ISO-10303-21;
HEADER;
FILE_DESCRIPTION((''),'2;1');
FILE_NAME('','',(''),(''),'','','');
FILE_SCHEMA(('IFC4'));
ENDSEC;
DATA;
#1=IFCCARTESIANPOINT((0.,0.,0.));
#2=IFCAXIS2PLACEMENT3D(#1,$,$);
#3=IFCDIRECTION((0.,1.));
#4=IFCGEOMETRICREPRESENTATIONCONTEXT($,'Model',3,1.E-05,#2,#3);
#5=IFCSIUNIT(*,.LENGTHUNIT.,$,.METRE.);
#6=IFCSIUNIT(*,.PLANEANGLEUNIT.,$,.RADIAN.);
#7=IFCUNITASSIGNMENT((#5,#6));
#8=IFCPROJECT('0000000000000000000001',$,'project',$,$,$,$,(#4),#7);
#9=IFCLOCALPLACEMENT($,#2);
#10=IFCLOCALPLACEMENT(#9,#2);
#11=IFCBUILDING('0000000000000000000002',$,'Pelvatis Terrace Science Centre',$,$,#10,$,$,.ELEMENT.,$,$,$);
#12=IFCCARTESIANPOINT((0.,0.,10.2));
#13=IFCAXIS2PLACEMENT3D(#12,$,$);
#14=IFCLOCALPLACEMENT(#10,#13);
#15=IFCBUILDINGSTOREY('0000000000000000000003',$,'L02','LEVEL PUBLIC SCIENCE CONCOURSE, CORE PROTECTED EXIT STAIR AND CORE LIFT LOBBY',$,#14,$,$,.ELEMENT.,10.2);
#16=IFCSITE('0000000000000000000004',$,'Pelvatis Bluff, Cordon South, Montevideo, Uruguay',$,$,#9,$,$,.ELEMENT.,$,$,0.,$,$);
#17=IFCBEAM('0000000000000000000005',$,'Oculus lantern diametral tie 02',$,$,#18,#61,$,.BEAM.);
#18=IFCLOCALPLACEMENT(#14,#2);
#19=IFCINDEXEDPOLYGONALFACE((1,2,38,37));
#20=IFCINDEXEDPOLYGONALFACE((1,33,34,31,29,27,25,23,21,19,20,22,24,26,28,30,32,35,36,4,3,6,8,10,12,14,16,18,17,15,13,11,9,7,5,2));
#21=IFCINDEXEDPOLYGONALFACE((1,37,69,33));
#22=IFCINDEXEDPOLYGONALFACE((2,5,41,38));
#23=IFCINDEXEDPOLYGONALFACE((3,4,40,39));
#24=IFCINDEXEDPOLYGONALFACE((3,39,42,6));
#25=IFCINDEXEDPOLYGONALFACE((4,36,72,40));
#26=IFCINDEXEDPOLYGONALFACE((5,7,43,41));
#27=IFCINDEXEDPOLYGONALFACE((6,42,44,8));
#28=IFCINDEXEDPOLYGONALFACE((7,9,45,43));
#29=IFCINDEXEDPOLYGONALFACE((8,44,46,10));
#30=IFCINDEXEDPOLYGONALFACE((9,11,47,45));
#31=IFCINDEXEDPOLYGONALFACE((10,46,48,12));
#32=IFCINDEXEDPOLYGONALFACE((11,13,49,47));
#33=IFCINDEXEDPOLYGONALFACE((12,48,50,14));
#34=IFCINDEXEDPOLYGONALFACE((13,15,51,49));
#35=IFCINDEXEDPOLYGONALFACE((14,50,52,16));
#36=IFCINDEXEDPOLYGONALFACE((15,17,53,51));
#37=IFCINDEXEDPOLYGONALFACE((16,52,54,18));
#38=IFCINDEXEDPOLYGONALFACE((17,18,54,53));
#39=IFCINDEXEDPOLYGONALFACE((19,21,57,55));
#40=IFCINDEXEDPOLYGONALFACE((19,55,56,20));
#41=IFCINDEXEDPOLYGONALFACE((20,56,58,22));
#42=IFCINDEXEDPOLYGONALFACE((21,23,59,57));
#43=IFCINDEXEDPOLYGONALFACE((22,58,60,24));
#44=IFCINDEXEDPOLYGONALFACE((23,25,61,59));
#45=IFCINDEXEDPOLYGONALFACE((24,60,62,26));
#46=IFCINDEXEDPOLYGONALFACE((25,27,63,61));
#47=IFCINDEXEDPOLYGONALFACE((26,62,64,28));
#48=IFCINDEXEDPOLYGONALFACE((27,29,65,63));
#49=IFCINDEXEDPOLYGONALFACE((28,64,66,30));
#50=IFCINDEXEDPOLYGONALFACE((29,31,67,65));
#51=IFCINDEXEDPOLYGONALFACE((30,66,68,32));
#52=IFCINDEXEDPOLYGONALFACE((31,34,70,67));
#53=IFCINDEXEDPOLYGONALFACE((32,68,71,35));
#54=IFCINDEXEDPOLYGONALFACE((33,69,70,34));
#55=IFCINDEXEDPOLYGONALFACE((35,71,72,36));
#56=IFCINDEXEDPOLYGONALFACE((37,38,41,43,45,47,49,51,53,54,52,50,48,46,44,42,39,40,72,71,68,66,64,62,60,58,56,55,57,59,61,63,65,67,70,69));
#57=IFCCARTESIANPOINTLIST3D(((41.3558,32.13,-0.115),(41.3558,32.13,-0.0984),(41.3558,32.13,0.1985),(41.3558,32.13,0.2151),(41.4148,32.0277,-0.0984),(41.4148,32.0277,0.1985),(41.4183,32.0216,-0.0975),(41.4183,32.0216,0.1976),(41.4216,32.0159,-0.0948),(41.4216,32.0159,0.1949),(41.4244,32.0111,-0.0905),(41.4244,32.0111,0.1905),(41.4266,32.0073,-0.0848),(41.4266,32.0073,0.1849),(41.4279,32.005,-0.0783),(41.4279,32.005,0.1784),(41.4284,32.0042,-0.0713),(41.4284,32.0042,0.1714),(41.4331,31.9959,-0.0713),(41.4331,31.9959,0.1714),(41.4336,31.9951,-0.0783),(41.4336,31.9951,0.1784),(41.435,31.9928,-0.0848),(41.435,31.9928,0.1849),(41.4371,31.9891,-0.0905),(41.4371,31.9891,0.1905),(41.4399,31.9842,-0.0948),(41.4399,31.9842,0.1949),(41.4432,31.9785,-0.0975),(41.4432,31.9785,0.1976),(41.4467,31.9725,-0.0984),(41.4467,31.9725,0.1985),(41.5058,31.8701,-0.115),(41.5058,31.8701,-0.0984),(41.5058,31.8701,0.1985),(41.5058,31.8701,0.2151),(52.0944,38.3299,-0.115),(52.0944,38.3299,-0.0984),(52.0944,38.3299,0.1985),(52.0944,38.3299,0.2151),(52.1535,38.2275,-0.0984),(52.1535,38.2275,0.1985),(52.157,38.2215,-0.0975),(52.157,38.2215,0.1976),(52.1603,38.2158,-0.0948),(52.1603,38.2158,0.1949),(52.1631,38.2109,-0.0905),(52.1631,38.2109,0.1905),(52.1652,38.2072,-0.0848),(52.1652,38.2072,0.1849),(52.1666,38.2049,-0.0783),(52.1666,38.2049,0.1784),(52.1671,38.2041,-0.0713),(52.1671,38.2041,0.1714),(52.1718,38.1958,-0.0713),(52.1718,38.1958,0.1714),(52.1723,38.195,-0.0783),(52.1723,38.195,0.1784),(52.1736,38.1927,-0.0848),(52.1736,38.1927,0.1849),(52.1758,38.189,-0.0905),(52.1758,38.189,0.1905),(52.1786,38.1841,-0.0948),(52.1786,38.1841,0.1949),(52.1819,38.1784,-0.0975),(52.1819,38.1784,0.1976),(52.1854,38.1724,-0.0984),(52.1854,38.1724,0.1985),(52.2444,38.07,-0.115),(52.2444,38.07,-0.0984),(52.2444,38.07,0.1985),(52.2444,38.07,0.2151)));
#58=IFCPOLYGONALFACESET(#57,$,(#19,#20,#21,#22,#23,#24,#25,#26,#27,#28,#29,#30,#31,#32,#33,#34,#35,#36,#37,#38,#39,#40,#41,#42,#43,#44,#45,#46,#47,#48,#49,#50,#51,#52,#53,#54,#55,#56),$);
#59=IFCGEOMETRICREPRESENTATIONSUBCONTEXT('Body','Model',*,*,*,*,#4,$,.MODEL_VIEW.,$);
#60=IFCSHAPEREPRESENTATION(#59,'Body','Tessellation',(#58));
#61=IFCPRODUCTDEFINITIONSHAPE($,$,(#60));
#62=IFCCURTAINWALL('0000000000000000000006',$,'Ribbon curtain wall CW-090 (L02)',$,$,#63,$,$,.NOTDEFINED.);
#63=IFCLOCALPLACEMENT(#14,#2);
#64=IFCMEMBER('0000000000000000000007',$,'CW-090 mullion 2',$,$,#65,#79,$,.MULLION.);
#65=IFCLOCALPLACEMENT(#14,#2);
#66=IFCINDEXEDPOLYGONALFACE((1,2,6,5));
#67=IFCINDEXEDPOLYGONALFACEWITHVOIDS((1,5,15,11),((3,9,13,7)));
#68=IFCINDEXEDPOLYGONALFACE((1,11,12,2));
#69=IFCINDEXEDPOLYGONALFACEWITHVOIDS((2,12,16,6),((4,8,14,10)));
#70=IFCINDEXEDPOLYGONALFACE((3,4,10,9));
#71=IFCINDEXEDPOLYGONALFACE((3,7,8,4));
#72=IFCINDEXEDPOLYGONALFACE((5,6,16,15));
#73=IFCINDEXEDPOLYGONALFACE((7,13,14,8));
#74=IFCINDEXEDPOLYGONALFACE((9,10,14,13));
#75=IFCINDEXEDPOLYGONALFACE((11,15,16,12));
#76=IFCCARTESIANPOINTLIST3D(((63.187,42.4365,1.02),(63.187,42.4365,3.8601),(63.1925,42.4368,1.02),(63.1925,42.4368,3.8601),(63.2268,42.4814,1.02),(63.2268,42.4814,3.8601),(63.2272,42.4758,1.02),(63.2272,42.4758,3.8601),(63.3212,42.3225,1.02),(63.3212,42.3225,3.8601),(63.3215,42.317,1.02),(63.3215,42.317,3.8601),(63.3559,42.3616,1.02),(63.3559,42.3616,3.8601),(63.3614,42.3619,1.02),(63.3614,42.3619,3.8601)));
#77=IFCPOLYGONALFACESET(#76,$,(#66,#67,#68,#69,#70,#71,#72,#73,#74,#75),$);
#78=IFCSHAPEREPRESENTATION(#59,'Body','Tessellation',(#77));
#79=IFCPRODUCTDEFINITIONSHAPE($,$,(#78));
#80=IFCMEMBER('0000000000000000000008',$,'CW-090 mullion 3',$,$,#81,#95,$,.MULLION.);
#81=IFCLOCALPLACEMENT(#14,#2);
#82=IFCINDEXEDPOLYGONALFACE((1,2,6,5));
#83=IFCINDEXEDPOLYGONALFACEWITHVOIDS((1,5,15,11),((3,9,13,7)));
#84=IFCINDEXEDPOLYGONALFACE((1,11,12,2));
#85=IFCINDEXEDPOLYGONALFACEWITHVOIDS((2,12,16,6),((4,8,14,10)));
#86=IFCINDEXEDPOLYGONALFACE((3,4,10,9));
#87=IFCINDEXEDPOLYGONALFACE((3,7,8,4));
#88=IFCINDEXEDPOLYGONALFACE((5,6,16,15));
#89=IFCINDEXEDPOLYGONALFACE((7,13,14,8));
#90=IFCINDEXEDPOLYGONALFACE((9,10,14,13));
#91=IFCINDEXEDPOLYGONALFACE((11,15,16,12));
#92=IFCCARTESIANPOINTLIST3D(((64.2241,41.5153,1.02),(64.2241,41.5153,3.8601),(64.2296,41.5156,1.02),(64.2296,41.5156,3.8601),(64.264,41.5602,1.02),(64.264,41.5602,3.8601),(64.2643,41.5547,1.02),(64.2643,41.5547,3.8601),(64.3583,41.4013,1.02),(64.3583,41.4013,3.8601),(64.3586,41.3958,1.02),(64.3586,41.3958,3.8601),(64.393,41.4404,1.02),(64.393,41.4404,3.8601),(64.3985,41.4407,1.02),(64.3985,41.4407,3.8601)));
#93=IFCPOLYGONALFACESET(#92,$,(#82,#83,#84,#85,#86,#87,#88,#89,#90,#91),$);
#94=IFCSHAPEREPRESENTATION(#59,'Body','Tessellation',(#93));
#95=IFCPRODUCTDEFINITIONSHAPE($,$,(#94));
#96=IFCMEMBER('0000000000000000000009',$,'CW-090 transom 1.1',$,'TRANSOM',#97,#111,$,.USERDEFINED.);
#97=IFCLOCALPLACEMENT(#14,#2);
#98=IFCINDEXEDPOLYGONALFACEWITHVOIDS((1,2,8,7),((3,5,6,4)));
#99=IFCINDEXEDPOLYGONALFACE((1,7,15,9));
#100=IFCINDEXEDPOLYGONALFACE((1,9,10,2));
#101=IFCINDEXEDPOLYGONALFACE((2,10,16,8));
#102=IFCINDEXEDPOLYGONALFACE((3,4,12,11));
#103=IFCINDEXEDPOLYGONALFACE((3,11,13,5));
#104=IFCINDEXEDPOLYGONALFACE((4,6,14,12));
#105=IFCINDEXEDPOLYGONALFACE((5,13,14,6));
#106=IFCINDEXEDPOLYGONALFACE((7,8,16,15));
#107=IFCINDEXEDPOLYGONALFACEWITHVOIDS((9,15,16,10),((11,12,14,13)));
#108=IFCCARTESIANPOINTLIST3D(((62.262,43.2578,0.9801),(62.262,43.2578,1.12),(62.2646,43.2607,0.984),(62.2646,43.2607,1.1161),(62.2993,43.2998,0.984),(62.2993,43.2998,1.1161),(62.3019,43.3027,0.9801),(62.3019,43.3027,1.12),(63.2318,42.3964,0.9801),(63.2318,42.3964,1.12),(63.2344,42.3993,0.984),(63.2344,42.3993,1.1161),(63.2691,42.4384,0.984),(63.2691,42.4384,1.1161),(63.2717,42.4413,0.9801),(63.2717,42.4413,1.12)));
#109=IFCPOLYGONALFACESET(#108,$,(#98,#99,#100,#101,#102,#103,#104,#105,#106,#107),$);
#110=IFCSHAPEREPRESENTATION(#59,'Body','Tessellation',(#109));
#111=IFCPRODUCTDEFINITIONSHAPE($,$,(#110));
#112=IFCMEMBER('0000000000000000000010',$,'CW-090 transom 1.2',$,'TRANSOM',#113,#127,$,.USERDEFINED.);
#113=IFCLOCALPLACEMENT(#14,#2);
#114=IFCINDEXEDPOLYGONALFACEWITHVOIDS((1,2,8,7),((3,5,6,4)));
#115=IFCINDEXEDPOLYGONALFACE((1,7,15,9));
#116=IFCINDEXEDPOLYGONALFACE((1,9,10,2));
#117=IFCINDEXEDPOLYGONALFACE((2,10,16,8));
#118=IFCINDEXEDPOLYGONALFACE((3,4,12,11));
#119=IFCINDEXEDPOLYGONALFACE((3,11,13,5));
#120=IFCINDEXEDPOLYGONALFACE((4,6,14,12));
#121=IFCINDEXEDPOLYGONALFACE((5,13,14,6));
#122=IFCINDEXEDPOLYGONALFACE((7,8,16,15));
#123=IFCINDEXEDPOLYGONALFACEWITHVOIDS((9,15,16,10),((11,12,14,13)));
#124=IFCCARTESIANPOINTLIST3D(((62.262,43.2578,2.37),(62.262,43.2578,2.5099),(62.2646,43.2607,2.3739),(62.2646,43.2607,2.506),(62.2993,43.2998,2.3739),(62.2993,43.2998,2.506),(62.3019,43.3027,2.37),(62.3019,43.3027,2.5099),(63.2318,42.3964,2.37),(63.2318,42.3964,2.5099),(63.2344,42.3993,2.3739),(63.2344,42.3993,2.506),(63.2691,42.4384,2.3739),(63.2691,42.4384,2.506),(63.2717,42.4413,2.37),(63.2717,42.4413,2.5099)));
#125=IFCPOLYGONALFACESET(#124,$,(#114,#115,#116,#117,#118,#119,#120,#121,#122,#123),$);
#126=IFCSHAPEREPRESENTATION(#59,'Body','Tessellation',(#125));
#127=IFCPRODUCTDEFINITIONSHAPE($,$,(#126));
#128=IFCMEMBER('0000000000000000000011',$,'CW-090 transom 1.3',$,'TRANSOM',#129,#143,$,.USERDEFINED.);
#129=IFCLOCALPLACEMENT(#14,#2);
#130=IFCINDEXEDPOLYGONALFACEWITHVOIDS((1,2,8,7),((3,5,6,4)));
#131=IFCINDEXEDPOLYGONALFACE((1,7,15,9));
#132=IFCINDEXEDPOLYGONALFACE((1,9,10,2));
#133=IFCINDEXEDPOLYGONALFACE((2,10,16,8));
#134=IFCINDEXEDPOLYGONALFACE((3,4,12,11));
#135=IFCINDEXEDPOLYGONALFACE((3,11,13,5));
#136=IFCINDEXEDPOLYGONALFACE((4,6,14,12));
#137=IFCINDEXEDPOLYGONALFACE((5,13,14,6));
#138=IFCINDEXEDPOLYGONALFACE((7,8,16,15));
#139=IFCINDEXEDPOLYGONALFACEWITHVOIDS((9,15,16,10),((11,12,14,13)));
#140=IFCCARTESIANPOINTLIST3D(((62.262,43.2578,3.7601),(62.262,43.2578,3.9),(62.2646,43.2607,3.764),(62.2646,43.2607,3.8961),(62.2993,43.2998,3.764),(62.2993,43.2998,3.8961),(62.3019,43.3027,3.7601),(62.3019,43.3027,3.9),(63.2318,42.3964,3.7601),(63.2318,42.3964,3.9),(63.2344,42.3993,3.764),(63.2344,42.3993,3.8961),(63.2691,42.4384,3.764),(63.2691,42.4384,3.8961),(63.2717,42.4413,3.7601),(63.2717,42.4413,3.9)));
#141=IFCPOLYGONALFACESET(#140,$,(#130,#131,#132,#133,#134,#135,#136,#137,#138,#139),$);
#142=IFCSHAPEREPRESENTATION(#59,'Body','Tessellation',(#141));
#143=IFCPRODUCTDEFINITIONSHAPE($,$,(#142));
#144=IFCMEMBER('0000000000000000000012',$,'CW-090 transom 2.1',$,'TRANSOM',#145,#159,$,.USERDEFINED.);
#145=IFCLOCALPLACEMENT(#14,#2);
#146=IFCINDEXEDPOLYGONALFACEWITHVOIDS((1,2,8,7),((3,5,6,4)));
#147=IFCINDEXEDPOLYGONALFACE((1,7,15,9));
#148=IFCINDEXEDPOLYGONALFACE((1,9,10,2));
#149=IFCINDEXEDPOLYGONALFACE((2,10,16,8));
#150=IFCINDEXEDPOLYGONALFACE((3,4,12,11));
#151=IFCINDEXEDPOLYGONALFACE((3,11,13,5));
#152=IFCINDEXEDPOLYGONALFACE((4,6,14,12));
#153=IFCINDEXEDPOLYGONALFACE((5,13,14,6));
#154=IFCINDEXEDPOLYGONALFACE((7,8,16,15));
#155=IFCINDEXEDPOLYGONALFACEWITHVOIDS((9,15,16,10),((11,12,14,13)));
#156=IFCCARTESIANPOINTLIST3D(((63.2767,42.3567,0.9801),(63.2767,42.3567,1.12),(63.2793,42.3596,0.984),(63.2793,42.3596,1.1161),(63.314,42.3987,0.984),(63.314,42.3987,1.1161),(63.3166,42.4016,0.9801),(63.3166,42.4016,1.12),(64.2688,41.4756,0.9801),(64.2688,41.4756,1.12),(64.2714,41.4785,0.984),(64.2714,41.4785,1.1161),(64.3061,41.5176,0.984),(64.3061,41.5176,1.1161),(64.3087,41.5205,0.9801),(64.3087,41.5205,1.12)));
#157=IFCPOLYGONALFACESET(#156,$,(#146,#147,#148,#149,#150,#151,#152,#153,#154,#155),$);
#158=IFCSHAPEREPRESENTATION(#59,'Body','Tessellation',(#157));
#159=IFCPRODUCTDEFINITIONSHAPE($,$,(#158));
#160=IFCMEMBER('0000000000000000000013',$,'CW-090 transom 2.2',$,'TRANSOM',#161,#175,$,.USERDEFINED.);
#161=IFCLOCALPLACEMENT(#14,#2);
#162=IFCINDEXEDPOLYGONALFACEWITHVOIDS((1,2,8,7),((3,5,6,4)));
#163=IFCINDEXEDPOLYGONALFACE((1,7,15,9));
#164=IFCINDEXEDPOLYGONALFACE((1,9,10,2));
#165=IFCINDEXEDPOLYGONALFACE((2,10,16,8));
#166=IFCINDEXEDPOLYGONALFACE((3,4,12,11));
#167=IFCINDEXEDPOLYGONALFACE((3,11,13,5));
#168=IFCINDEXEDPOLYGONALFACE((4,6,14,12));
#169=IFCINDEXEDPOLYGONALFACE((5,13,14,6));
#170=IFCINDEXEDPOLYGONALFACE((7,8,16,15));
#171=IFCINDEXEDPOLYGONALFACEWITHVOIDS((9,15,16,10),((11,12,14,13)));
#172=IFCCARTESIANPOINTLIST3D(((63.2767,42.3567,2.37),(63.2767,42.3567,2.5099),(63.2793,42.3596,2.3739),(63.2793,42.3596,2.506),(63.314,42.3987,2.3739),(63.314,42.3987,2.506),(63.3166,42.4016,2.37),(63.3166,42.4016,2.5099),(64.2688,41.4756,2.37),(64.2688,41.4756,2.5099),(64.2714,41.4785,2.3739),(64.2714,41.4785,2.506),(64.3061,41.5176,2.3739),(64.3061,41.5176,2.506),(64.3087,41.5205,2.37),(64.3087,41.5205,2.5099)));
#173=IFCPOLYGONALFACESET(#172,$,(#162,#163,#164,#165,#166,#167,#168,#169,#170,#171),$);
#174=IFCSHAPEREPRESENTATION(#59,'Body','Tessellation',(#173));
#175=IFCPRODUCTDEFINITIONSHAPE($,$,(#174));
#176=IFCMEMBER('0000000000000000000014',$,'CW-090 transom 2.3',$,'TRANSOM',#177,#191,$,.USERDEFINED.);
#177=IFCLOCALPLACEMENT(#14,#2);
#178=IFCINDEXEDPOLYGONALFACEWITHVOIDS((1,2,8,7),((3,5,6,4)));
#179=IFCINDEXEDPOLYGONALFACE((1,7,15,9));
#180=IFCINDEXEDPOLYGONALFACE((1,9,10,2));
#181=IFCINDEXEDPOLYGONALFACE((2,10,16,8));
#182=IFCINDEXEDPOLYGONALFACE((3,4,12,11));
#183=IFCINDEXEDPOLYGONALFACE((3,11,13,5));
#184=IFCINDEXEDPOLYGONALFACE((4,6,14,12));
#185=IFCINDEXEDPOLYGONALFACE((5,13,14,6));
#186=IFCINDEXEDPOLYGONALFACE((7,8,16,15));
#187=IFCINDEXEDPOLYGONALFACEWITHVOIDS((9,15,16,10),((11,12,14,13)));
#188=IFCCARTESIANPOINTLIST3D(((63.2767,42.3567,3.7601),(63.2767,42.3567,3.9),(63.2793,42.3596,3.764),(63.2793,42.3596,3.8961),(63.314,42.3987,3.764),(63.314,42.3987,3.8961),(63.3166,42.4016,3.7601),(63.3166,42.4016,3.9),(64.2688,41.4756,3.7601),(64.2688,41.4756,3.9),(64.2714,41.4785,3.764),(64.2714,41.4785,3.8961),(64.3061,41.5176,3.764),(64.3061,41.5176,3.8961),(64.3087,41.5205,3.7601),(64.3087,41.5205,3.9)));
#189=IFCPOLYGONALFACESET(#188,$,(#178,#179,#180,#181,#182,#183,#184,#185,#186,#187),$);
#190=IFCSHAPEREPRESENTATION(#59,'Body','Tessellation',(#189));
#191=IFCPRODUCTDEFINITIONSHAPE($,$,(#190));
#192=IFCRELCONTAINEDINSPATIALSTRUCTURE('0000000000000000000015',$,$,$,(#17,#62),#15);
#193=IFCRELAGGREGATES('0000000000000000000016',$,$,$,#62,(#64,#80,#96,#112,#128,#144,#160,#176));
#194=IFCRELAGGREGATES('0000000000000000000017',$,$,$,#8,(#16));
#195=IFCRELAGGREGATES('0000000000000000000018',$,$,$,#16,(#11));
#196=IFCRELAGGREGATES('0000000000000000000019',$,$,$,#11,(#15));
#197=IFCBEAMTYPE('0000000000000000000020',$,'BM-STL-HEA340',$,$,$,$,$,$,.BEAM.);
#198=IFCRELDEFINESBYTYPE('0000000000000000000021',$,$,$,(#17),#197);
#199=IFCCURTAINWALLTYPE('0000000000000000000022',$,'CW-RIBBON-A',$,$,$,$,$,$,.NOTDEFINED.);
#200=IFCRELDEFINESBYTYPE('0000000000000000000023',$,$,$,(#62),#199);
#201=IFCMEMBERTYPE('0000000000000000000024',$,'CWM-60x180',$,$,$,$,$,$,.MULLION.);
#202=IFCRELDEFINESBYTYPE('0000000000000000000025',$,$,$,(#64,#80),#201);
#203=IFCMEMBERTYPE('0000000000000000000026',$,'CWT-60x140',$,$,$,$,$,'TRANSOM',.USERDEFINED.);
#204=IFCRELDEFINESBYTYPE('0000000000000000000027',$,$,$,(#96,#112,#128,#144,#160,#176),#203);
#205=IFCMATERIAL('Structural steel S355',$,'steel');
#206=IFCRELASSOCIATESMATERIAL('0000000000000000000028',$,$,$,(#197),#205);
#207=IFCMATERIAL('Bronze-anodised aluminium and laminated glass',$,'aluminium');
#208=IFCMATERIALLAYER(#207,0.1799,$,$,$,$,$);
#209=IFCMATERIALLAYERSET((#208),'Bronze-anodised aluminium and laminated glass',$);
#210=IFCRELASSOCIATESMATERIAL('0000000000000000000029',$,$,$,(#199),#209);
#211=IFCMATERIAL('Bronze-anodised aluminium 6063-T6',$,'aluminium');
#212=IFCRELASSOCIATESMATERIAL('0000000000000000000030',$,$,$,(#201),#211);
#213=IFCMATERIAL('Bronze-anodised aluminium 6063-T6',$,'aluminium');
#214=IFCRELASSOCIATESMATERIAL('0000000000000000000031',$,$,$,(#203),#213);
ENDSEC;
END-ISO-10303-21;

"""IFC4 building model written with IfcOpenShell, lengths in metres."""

from ifc_helpers import new_model, si_unit, direction, frame, origin, origin_2d, place, context, subcontext, project, spatial, hollow_rectangle, i_section, extrude, material, layer, layer_set, material_profile, profile_set, type_object, element, aggregate, save


model = new_model("IFC4")

# Units and contexts
model_context = context("Model", 3, precision=1e-05, world=origin(), true_north=direction((0.0, 1.0)))
body_context = subcontext(model_context, "Body", "Model", "MODEL_VIEW")
ifc_project = project(units=[si_unit("LENGTHUNIT", "METRE"), si_unit("PLANEANGLEUNIT", "RADIAN")], contexts=[model_context])

# Site, building, storey
site_placement = place(None, origin())
site = spatial("IfcSite", under=ifc_project, at=site_placement, Name="Pelvatis Bluff, Cordon South, Montevideo, Uruguay", CompositionType="ELEMENT", RefElevation=0.0)
building_placement = place(site_placement, origin())
building = spatial("IfcBuilding", under=site, at=building_placement, Name="Pelvatis Terrace Science Centre", CompositionType="ELEMENT")
storey_placement = place(building_placement, frame((0.0, 0.0, 10.2)))
storey = spatial("IfcBuildingStorey", under=building, at=storey_placement, Name="L02", Description="LEVEL PUBLIC SCIENCE CONCOURSE, CORE PROTECTED EXIT STAIR AND CORE LIFT LOBBY", CompositionType="ELEMENT", Elevation=10.2)

# Beam
ifc_material_1 = material(Name="Structural steel S355", Category="steel")
ifc_material_profile_1 = material_profile(ifc_material_1, i_section(OverallWidth=0.3, OverallDepth=0.3301, WebThickness=0.0095, FlangeThickness=0.0166, FilletRadius=0.0271, at=origin_2d()), Name="HEA 340")
ifc_profile_set_1 = profile_set([ifc_material_profile_1], Name="Structural steel S355")
beam_type_1 = type_object("IfcBeamType", Name="BM-STL-HEA340", PredefinedType="BEAM", material=ifc_profile_set_1)
for number, where, z_axis, x_axis, name in (
    (1, (52.1694, 38.2, 0.05), (-0.866028, -0.499995, 0.0), (0.499995, -0.866028, 0.0), "Oculus lantern diametral tie 02"),
):
    element("IfcBeam", number, at=place(storey_placement, frame(where, z_axis=z_axis, x_axis=x_axis)), inside=storey, type_object=beam_type_1, Name=name, PredefinedType="BEAM", context=body_context, shape_type="SweptSolid", body=[
        extrude(i_section(OverallWidth=0.3, OverallDepth=0.3301, WebThickness=0.0095, FlangeThickness=0.0166, FilletRadius=0.0271, at=origin_2d()), origin(), (0.0, 0.0, 1.0), 12.3999),
    ])

# Curtain wall, members
ifc_material_2 = material(Name="Bronze-anodised aluminium and laminated glass", Category="aluminium")
ifc_layer_1 = layer(ifc_material_2, 0.1799)
ifc_layer_set_1 = layer_set([ifc_layer_1], Name="Bronze-anodised aluminium and laminated glass")
curtain_wall_type = type_object("IfcCurtainWallType", Name="CW-RIBBON-A", PredefinedType="NOTDEFINED", material=ifc_layer_set_1)
curtain_wall_placement = place(storey_placement, origin())
curtain_wall = element("IfcCurtainWall", 2, at=curtain_wall_placement, inside=storey, type_object=curtain_wall_type, Name="Ribbon curtain wall CW-090 (L02)", PredefinedType="NOTDEFINED")
ifc_material_3 = material(Name="Bronze-anodised aluminium 6063-T6", Category="aluminium")
ifc_material_profile_2 = material_profile(ifc_material_3, hollow_rectangle(XDim=0.0601, YDim=0.1799, WallThickness=0.0039, at=origin_2d()), Name="ALU-MUL 60x180")
ifc_profile_set_2 = profile_set([ifc_material_profile_2], Name="Bronze-anodised aluminium 6063-T6")
member_type_1 = type_object("IfcMemberType", Name="CWM-60x180", PredefinedType="MULLION", material=ifc_profile_set_2)
member_1_placement = place(storey_placement, frame((63.2742, 42.3992, 1.02), z_axis=(0.0, 0.0, 1.0), x_axis=(0.664016, 0.747718, 0.0)))
member_1 = element("IfcMember", 3, at=member_1_placement, type_object=member_type_1, Name="CW-090 mullion 2", PredefinedType="MULLION", context=body_context, shape_type="SweptSolid", body=[
    extrude(hollow_rectangle(XDim=0.0601, YDim=0.1799, WallThickness=0.0039, at=origin_2d()), origin(), (0.0, 0.0, 1.0), 2.8401),
])
member_2_placement = place(storey_placement, frame((64.3113, 41.478, 1.02), z_axis=(0.0, 0.0, 1.0), x_axis=(0.664016, 0.747718, 0.0)))
member_2 = element("IfcMember", 4, at=member_2_placement, type_object=member_type_1, Name="CW-090 mullion 3", PredefinedType="MULLION", context=body_context, shape_type="SweptSolid", body=[
    extrude(hollow_rectangle(XDim=0.0601, YDim=0.1799, WallThickness=0.0039, at=origin_2d()), origin(), (0.0, 0.0, 1.0), 2.8401),
])
ifc_material_4 = material(Name="Bronze-anodised aluminium 6063-T6", Category="aluminium")
ifc_material_profile_3 = material_profile(ifc_material_4, hollow_rectangle(XDim=0.0601, YDim=0.1399, WallThickness=0.0039, at=origin_2d()), Name="ALU-TRN 60x140")
ifc_profile_set_3 = profile_set([ifc_material_profile_3], Name="Bronze-anodised aluminium 6063-T6")
member_type_2 = type_object("IfcMemberType", Name="CWT-60x140", ElementType="TRANSOM", PredefinedType="USERDEFINED", material=ifc_profile_set_3)
member_3_placement = place(storey_placement, frame((62.282, 43.2803, 1.05), z_axis=(0.747659, -0.664083, 0.0), x_axis=(0.664083, 0.747659, 0.0)))
member_3 = element("IfcMember", 5, at=member_3_placement, type_object=member_type_2, Name="CW-090 transom 1.1", ObjectType="TRANSOM", PredefinedType="USERDEFINED", context=body_context, shape_type="SweptSolid", body=[
    extrude(hollow_rectangle(XDim=0.0601, YDim=0.1399, WallThickness=0.0039, at=origin_2d()), origin(), (0.0, 0.0, 1.0), 1.2971),
])
member_4_placement = place(storey_placement, frame((62.282, 43.2803, 2.4399), z_axis=(0.747659, -0.664083, 0.0), x_axis=(0.664083, 0.747659, 0.0)))
member_4 = element("IfcMember", 6, at=member_4_placement, type_object=member_type_2, Name="CW-090 transom 1.2", ObjectType="TRANSOM", PredefinedType="USERDEFINED", context=body_context, shape_type="SweptSolid", body=[
    extrude(hollow_rectangle(XDim=0.0601, YDim=0.1399, WallThickness=0.0039, at=origin_2d()), origin(), (0.0, 0.0, 1.0), 1.2971),
])
member_5_placement = place(storey_placement, frame((62.282, 43.2803, 3.8301), z_axis=(0.747659, -0.664083, 0.0), x_axis=(0.664083, 0.747659, 0.0)))
member_5 = element("IfcMember", 7, at=member_5_placement, type_object=member_type_2, Name="CW-090 transom 1.3", ObjectType="TRANSOM", PredefinedType="USERDEFINED", context=body_context, shape_type="SweptSolid", body=[
    extrude(hollow_rectangle(XDim=0.0601, YDim=0.1399, WallThickness=0.0039, at=origin_2d()), origin(), (0.0, 0.0, 1.0), 1.2971),
])
member_6_placement = place(storey_placement, frame((63.2966, 42.3792, 1.05), z_axis=(0.747724, -0.66401, 0.0), x_axis=(0.66401, 0.747724, 0.0)))
member_6 = element("IfcMember", 8, at=member_6_placement, type_object=member_type_2, Name="CW-090 transom 2.1", ObjectType="TRANSOM", PredefinedType="USERDEFINED", context=body_context, shape_type="SweptSolid", body=[
    extrude(hollow_rectangle(XDim=0.0601, YDim=0.1399, WallThickness=0.0039, at=origin_2d()), origin(), (0.0, 0.0, 1.0), 1.3269),
])
member_7_placement = place(storey_placement, frame((63.2966, 42.3792, 2.4399), z_axis=(0.747724, -0.66401, 0.0), x_axis=(0.66401, 0.747724, 0.0)))
member_7 = element("IfcMember", 9, at=member_7_placement, type_object=member_type_2, Name="CW-090 transom 2.2", ObjectType="TRANSOM", PredefinedType="USERDEFINED", context=body_context, shape_type="SweptSolid", body=[
    extrude(hollow_rectangle(XDim=0.0601, YDim=0.1399, WallThickness=0.0039, at=origin_2d()), origin(), (0.0, 0.0, 1.0), 1.3269),
])
member_8_placement = place(storey_placement, frame((63.2966, 42.3792, 3.8301), z_axis=(0.747724, -0.66401, 0.0), x_axis=(0.66401, 0.747724, 0.0)))
member_8 = element("IfcMember", 10, at=member_8_placement, type_object=member_type_2, Name="CW-090 transom 2.3", ObjectType="TRANSOM", PredefinedType="USERDEFINED", context=body_context, shape_type="SweptSolid", body=[
    extrude(hollow_rectangle(XDim=0.0601, YDim=0.1399, WallThickness=0.0039, at=origin_2d()), origin(), (0.0, 0.0, 1.0), 1.3269),
])

aggregate(curtain_wall, [member_1, member_2, member_3, member_4, member_5, member_6, member_7, member_8])

save(model, "model.ifc")
